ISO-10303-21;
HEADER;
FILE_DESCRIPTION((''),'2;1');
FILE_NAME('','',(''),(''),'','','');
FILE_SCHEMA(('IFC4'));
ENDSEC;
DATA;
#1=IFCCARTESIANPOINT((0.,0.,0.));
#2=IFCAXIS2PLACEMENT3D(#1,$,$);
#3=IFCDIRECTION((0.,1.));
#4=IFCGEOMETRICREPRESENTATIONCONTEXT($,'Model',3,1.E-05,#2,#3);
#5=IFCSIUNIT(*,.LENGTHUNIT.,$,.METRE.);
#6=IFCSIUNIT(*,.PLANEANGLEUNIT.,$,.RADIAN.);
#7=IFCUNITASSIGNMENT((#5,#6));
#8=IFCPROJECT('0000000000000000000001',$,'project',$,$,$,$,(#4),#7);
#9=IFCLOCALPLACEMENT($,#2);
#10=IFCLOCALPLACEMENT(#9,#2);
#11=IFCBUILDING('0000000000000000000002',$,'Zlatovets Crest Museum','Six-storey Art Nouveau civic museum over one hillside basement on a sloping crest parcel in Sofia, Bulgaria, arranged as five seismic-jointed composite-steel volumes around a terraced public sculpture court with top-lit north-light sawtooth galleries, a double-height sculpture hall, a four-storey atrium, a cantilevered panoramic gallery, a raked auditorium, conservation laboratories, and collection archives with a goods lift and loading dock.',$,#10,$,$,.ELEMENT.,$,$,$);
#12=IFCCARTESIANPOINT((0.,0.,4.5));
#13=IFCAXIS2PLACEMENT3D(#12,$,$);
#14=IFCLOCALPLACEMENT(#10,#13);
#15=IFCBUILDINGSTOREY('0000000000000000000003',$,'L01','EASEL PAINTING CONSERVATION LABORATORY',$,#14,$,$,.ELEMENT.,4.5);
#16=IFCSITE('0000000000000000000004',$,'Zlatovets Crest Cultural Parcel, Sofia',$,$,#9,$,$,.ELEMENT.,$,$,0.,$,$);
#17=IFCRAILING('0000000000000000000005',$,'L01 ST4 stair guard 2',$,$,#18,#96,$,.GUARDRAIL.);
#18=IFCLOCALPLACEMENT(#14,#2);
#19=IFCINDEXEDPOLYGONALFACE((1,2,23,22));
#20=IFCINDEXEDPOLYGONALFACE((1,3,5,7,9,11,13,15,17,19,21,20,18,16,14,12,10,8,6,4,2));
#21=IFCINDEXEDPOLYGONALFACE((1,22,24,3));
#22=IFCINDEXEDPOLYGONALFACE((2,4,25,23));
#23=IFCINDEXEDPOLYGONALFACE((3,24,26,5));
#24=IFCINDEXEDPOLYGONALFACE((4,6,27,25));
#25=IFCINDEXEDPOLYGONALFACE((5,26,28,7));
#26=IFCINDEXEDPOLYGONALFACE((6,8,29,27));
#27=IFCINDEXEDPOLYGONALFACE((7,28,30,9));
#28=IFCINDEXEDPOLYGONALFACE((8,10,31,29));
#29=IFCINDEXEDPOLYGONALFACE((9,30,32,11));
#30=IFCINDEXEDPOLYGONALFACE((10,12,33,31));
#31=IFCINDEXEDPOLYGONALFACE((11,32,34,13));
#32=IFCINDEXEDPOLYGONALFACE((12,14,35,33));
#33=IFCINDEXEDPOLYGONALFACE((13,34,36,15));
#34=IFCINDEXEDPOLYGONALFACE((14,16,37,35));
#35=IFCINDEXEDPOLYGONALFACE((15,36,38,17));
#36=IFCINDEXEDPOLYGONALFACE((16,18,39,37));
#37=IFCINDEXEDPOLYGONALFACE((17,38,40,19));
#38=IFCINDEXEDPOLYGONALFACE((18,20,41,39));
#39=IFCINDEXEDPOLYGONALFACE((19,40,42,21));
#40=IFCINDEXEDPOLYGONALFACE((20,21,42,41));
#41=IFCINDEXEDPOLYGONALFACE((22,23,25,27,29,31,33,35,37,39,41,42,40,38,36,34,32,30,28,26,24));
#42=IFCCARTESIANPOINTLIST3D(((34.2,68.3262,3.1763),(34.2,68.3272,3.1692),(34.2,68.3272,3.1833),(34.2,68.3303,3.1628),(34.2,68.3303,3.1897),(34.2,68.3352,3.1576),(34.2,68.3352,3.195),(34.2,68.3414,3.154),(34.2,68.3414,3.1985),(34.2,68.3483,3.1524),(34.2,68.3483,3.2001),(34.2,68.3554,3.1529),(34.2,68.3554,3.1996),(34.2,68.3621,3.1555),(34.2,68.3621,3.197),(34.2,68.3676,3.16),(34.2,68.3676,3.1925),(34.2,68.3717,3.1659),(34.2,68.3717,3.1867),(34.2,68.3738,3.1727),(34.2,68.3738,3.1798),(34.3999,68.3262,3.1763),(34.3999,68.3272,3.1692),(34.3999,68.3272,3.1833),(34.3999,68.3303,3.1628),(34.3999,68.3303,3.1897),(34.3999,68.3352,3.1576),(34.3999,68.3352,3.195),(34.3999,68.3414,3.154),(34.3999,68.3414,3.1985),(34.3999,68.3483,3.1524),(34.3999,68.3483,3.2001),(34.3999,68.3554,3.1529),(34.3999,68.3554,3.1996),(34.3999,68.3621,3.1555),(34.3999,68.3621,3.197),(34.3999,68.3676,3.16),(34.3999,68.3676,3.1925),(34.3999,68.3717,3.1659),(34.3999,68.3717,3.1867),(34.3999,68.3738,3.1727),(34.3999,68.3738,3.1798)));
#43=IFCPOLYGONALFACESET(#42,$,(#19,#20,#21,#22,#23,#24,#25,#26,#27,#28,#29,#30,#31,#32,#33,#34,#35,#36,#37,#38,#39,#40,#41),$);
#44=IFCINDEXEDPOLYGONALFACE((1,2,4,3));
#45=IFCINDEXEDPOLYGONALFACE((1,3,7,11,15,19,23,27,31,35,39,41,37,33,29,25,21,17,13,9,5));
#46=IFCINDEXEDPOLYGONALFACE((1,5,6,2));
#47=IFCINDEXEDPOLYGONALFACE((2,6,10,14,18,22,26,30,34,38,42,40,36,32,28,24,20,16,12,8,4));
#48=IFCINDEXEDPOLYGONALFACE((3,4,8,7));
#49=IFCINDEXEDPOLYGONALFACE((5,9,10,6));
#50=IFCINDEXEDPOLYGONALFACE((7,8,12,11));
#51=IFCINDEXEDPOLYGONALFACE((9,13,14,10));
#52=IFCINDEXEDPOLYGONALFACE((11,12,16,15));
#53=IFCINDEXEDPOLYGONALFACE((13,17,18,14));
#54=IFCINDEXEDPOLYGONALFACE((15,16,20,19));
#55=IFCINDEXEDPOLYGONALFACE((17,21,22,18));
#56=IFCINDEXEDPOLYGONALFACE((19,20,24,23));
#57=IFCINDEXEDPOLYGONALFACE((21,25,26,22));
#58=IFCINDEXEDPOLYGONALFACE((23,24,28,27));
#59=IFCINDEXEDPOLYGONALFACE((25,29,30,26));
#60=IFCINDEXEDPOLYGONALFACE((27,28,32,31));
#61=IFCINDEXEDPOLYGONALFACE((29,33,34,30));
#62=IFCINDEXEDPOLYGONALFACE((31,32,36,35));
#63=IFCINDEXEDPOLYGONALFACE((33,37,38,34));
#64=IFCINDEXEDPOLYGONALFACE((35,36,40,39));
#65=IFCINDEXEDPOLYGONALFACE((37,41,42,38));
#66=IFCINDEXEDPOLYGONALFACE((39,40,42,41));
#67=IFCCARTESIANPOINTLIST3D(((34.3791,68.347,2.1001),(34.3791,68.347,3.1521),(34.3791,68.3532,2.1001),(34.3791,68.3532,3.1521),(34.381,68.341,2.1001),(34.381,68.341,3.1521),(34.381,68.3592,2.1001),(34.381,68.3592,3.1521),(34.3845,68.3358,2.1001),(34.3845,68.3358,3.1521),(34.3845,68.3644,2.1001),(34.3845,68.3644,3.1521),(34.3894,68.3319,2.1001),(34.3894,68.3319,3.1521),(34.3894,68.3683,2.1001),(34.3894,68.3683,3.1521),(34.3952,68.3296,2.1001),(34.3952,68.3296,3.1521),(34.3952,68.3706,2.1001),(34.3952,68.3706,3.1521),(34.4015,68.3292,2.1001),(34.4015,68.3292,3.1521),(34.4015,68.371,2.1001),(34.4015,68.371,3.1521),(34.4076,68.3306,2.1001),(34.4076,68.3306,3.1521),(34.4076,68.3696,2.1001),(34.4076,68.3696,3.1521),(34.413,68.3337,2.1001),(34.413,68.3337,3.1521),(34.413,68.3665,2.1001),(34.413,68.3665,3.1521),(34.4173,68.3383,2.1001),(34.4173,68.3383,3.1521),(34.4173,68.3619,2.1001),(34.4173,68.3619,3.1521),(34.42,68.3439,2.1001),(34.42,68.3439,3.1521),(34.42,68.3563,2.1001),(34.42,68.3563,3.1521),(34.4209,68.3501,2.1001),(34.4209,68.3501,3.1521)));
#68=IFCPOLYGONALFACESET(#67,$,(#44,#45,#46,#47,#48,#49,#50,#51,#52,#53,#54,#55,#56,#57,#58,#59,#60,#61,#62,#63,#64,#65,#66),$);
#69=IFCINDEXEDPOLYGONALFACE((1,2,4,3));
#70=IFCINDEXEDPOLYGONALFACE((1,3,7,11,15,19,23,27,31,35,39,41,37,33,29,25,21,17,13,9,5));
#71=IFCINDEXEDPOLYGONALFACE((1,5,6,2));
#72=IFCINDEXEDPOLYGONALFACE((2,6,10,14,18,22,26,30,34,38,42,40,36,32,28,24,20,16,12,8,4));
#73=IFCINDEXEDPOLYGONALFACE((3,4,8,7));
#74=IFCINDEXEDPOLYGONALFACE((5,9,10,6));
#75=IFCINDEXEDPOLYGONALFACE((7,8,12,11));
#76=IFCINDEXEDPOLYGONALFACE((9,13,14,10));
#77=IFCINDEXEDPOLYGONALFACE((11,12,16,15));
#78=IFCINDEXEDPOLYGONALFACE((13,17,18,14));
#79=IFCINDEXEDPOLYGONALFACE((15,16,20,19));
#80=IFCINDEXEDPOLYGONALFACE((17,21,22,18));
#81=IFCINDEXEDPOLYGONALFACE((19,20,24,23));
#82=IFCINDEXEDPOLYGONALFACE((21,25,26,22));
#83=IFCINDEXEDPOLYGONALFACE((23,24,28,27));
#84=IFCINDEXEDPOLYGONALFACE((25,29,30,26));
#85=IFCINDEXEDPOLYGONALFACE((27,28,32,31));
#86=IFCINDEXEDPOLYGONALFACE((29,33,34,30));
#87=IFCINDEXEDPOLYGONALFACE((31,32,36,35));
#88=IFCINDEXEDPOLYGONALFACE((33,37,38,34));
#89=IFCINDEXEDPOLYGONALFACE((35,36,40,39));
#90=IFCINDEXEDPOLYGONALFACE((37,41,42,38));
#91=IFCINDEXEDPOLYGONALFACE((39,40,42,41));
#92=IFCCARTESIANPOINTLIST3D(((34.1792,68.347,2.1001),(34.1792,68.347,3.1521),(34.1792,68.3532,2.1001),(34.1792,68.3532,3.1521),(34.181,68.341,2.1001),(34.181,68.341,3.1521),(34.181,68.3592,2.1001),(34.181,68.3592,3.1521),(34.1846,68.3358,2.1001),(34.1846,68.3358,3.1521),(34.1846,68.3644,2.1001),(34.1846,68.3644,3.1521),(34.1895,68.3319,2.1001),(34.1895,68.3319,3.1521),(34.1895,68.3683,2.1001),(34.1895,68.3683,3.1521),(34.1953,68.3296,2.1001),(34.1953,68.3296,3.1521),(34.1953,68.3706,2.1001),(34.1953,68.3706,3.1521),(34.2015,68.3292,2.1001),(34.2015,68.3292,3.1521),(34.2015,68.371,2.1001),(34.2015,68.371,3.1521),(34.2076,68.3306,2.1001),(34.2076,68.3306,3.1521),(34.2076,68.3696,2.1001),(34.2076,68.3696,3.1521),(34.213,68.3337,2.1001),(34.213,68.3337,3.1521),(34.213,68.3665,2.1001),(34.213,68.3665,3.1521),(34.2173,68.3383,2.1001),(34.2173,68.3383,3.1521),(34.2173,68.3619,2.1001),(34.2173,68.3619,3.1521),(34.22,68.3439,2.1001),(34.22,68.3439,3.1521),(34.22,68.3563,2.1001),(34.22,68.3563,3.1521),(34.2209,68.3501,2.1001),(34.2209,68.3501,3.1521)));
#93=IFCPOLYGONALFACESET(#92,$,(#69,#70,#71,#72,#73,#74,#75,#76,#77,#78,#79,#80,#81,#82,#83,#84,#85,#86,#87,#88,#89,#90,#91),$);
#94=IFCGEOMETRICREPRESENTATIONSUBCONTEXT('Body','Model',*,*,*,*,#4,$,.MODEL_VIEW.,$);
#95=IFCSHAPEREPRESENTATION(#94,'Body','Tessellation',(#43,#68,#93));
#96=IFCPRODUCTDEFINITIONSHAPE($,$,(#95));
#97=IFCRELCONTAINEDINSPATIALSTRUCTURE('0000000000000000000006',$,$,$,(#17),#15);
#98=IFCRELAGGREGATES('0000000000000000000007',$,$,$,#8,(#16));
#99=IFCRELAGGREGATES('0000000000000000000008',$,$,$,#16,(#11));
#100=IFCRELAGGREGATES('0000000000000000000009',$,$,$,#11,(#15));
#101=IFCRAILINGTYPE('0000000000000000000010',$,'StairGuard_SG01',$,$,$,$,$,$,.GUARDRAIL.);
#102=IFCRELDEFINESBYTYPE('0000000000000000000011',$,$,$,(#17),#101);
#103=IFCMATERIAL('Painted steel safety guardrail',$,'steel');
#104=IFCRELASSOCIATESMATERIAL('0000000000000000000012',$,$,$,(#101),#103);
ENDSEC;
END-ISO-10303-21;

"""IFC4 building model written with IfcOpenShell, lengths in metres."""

from ifc_helpers import new_model, si_unit, direction, frame, origin, origin_2d, place, context, subcontext, project, spatial, circle, extrude, material, type_object, element, save


model = new_model("IFC4")

# Units and contexts
model_context = context("Model", 3, precision=1e-05, world=origin(), true_north=direction((0.0, 1.0)))
body_context = subcontext(model_context, "Body", "Model", "MODEL_VIEW")
ifc_project = project(units=[si_unit("LENGTHUNIT", "METRE"), si_unit("PLANEANGLEUNIT", "RADIAN")], contexts=[model_context])

# Site, building, storey
site_placement = place(None, origin())
site = spatial("IfcSite", under=ifc_project, at=site_placement, Name="Zlatovets Crest Cultural Parcel, Sofia", CompositionType="ELEMENT", RefElevation=0.0)
building_placement = place(site_placement, origin())
building = spatial("IfcBuilding", under=site, at=building_placement, Name="Zlatovets Crest Museum", Description="Six-storey Art Nouveau civic museum over one hillside basement on a sloping crest parcel in Sofia, Bulgaria, arranged as five seismic-jointed composite-steel volumes around a terraced public sculpture court with top-lit north-light sawtooth galleries, a double-height sculpture hall, a four-storey atrium, a cantilevered panoramic gallery, a raked auditorium, conservation laboratories, and collection archives with a goods lift and loading dock.", CompositionType="ELEMENT")
storey_placement = place(building_placement, frame((0.0, 0.0, 4.5)))
storey = spatial("IfcBuildingStorey", under=building, at=storey_placement, Name="L01", Description="EASEL PAINTING CONSERVATION LABORATORY", CompositionType="ELEMENT", Elevation=4.5)

# Railing
ifc_material_1 = material(Name="Painted steel safety guardrail", Category="steel")
railing_type_1 = type_object("IfcRailingType", Name="StairGuard_SG01", PredefinedType="GUARDRAIL", material=ifc_material_1)
railing_1_placement = place(storey_placement, frame((34.3999, 68.3501, 2.1001)))
element("IfcRailing", 1, at=railing_1_placement, inside=storey, type_object=railing_type_1, Name="L01 ST4 stair guard 2", PredefinedType="GUARDRAIL", context=body_context, shape_type="SweptSolid", body=[
    extrude(circle(Radius=0.0239, at=origin_2d()), frame((0.0, 0.0, 1.0762), z_axis=(-1.0, 0.0, 0.0), x_axis=(0.0, -1.0, 0.0)), (0.0, 0.0, 1.0), 0.2),
    extrude(circle(Radius=0.021, at=origin_2d()), origin(), (0.0, 0.0, 1.0), 1.052),
    extrude(circle(Radius=0.021, at=origin_2d()), frame((-0.2, 0.0, 0.0)), (0.0, 0.0, 1.0), 1.052),
])

save(model, "model.ifc")
